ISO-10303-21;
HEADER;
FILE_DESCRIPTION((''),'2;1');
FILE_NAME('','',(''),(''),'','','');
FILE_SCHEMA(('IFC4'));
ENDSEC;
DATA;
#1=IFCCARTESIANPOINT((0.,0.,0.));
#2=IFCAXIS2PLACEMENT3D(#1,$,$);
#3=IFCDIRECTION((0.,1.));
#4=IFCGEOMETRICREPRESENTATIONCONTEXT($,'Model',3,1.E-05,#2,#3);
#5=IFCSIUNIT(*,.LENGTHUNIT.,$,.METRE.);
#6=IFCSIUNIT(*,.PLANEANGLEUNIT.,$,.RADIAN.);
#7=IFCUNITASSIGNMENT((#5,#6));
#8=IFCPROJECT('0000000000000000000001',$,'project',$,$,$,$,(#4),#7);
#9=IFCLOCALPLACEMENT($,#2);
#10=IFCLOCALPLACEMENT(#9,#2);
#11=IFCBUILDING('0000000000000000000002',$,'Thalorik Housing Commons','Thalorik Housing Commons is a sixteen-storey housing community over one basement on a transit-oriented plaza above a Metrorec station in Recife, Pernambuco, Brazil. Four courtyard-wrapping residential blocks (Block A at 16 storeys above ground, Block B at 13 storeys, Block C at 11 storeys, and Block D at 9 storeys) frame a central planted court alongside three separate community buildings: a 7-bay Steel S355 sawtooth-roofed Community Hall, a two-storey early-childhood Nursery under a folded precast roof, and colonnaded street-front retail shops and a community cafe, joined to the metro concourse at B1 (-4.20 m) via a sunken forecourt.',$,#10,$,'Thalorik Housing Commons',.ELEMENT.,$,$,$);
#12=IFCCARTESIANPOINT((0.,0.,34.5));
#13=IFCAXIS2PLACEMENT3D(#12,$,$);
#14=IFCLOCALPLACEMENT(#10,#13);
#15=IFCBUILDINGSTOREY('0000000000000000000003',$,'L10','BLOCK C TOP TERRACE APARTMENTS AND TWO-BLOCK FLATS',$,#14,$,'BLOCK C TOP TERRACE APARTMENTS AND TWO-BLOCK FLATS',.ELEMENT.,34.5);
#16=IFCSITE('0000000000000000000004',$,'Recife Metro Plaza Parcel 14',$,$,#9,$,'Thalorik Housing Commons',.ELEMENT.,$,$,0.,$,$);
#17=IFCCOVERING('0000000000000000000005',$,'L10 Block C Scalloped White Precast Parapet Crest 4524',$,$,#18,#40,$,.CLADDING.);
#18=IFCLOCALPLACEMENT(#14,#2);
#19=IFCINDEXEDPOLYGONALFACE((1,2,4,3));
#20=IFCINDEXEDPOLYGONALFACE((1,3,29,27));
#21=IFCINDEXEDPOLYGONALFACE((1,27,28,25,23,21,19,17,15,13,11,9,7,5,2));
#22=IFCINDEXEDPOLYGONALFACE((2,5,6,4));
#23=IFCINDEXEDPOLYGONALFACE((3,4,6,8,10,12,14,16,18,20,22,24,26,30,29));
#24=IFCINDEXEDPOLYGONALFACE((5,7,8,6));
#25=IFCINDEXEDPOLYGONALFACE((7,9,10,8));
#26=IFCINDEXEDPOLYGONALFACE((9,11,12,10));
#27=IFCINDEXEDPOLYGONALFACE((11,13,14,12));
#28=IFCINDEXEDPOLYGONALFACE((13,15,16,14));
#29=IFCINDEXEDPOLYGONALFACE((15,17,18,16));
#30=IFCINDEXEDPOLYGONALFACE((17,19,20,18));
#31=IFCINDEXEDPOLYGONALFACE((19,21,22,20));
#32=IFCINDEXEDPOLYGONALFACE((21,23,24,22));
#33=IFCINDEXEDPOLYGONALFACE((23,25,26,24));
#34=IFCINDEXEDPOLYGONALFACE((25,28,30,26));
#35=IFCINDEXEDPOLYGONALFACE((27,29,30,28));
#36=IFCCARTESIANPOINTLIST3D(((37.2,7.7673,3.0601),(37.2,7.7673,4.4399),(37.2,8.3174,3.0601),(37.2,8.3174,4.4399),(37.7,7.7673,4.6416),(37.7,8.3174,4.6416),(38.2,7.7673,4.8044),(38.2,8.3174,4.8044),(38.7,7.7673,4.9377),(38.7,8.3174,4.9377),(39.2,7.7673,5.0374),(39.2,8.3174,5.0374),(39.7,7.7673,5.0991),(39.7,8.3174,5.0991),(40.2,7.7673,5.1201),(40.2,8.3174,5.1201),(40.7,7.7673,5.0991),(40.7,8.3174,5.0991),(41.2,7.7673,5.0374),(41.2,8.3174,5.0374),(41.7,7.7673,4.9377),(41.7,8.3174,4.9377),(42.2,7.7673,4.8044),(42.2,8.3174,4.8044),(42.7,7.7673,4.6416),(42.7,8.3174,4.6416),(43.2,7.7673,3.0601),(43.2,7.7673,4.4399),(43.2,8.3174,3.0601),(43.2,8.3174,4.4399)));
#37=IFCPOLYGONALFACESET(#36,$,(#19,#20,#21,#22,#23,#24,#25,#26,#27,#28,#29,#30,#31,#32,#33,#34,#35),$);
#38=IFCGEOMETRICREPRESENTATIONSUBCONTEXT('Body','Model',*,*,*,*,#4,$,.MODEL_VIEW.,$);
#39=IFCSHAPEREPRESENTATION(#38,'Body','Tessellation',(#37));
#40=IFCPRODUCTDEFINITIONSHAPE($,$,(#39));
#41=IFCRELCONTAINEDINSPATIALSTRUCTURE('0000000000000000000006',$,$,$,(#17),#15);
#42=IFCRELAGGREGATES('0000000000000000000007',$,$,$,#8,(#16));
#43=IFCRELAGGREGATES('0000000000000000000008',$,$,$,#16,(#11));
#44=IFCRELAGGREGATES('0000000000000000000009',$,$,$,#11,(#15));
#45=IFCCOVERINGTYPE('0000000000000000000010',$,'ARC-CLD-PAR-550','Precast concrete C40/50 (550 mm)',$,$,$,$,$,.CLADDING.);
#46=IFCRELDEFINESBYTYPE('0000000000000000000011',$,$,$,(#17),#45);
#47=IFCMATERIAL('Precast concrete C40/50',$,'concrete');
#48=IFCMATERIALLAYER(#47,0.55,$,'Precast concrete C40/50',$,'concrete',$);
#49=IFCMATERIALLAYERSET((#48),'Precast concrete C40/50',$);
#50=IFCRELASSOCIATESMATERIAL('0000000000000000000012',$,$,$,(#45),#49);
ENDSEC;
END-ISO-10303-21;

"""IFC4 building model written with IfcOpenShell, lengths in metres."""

from ifc_helpers import new_model, si_unit, direction, frame, origin, place, context, subcontext, project, spatial, polyline, outline, extrude, material, layer, layer_set, type_object, element, save


model = new_model("IFC4")

# Units and contexts
model_context = context("Model", 3, precision=1e-05, world=origin(), true_north=direction((0.0, 1.0)))
body_context = subcontext(model_context, "Body", "Model", "MODEL_VIEW")
ifc_project = project(units=[si_unit("LENGTHUNIT", "METRE"), si_unit("PLANEANGLEUNIT", "RADIAN")], contexts=[model_context])

# Site, building, storey
site_placement = place(None, origin())
site = spatial("IfcSite", under=ifc_project, at=site_placement, Name="Recife Metro Plaza Parcel 14", LongName="Thalorik Housing Commons", CompositionType="ELEMENT", RefElevation=0.0)
building_placement = place(site_placement, origin())
building = spatial("IfcBuilding", under=site, at=building_placement, Name="Thalorik Housing Commons", Description="Thalorik Housing Commons is a sixteen-storey housing community over one basement on a transit-oriented plaza above a Metrorec station in Recife, Pernambuco, Brazil. Four courtyard-wrapping residential blocks (Block A at 16 storeys above ground, Block B at 13 storeys, Block C at 11 storeys, and Block D at 9 storeys) frame a central planted court alongside three separate community buildings: a 7-bay Steel S355 sawtooth-roofed Community Hall, a two-storey early-childhood Nursery under a folded precast roof, and colonnaded street-front retail shops and a community cafe, joined to the metro concourse at B1 (-4.20 m) via a sunken forecourt.", LongName="Thalorik Housing Commons", CompositionType="ELEMENT")
storey_placement = place(building_placement, frame((0.0, 0.0, 34.5)))
storey = spatial("IfcBuildingStorey", under=building, at=storey_placement, Name="L10", Description="BLOCK C TOP TERRACE APARTMENTS AND TWO-BLOCK FLATS", LongName="BLOCK C TOP TERRACE APARTMENTS AND TWO-BLOCK FLATS", CompositionType="ELEMENT", Elevation=34.5)

# Shared definitions
ifc_material_1 = material(Name="Precast concrete C40/50", Category="concrete")

# Covering
ifc_layer_1 = layer(ifc_material_1, 0.55, Name="Precast concrete C40/50", Category="concrete")
ifc_layer_set_1 = layer_set([ifc_layer_1], Name="Precast concrete C40/50")
covering_type_1 = type_object("IfcCoveringType", Name="ARC-CLD-PAR-550", Description="Precast concrete C40/50 (550 mm)", PredefinedType="CLADDING", material=ifc_layer_set_1)
covering_1_placement = place(storey_placement, frame((40.2, 8.0425, 3.0601), z_axis=(0.0, 0.0, 1.0), x_axis=(1.0, 0.0, 0.0)))
element("IfcCovering", 1, at=covering_1_placement, inside=storey, type_object=covering_type_1, Name="L10 Block C Scalloped White Precast Parapet Crest 4524", PredefinedType="CLADDING", context=body_context, shape_type="SweptSolid", body=[
    extrude(outline(polyline([(-3.0, 0.0), (3.0, 0.0), (3.0, 1.3799), (2.5, 1.5815), (2.0, 1.7444), (1.5, 1.8777), (1.0, 1.9773), (0.5, 2.0391), (0.0, 2.0601), (-0.5, 2.0391), (-1.0, 1.9773), (-1.5, 1.8777), (-2.0, 1.7444), (-2.5, 1.5815), (-3.0, 1.3799), (-3.0, 0.0)])), frame((0.0, 0.2749, 0.0), z_axis=(0.0, -1.0, 0.0), x_axis=(1.0, 0.0, 0.0)), (0.0, 0.0, 1.0), 0.55),
])

save(model, "model.ifc")
